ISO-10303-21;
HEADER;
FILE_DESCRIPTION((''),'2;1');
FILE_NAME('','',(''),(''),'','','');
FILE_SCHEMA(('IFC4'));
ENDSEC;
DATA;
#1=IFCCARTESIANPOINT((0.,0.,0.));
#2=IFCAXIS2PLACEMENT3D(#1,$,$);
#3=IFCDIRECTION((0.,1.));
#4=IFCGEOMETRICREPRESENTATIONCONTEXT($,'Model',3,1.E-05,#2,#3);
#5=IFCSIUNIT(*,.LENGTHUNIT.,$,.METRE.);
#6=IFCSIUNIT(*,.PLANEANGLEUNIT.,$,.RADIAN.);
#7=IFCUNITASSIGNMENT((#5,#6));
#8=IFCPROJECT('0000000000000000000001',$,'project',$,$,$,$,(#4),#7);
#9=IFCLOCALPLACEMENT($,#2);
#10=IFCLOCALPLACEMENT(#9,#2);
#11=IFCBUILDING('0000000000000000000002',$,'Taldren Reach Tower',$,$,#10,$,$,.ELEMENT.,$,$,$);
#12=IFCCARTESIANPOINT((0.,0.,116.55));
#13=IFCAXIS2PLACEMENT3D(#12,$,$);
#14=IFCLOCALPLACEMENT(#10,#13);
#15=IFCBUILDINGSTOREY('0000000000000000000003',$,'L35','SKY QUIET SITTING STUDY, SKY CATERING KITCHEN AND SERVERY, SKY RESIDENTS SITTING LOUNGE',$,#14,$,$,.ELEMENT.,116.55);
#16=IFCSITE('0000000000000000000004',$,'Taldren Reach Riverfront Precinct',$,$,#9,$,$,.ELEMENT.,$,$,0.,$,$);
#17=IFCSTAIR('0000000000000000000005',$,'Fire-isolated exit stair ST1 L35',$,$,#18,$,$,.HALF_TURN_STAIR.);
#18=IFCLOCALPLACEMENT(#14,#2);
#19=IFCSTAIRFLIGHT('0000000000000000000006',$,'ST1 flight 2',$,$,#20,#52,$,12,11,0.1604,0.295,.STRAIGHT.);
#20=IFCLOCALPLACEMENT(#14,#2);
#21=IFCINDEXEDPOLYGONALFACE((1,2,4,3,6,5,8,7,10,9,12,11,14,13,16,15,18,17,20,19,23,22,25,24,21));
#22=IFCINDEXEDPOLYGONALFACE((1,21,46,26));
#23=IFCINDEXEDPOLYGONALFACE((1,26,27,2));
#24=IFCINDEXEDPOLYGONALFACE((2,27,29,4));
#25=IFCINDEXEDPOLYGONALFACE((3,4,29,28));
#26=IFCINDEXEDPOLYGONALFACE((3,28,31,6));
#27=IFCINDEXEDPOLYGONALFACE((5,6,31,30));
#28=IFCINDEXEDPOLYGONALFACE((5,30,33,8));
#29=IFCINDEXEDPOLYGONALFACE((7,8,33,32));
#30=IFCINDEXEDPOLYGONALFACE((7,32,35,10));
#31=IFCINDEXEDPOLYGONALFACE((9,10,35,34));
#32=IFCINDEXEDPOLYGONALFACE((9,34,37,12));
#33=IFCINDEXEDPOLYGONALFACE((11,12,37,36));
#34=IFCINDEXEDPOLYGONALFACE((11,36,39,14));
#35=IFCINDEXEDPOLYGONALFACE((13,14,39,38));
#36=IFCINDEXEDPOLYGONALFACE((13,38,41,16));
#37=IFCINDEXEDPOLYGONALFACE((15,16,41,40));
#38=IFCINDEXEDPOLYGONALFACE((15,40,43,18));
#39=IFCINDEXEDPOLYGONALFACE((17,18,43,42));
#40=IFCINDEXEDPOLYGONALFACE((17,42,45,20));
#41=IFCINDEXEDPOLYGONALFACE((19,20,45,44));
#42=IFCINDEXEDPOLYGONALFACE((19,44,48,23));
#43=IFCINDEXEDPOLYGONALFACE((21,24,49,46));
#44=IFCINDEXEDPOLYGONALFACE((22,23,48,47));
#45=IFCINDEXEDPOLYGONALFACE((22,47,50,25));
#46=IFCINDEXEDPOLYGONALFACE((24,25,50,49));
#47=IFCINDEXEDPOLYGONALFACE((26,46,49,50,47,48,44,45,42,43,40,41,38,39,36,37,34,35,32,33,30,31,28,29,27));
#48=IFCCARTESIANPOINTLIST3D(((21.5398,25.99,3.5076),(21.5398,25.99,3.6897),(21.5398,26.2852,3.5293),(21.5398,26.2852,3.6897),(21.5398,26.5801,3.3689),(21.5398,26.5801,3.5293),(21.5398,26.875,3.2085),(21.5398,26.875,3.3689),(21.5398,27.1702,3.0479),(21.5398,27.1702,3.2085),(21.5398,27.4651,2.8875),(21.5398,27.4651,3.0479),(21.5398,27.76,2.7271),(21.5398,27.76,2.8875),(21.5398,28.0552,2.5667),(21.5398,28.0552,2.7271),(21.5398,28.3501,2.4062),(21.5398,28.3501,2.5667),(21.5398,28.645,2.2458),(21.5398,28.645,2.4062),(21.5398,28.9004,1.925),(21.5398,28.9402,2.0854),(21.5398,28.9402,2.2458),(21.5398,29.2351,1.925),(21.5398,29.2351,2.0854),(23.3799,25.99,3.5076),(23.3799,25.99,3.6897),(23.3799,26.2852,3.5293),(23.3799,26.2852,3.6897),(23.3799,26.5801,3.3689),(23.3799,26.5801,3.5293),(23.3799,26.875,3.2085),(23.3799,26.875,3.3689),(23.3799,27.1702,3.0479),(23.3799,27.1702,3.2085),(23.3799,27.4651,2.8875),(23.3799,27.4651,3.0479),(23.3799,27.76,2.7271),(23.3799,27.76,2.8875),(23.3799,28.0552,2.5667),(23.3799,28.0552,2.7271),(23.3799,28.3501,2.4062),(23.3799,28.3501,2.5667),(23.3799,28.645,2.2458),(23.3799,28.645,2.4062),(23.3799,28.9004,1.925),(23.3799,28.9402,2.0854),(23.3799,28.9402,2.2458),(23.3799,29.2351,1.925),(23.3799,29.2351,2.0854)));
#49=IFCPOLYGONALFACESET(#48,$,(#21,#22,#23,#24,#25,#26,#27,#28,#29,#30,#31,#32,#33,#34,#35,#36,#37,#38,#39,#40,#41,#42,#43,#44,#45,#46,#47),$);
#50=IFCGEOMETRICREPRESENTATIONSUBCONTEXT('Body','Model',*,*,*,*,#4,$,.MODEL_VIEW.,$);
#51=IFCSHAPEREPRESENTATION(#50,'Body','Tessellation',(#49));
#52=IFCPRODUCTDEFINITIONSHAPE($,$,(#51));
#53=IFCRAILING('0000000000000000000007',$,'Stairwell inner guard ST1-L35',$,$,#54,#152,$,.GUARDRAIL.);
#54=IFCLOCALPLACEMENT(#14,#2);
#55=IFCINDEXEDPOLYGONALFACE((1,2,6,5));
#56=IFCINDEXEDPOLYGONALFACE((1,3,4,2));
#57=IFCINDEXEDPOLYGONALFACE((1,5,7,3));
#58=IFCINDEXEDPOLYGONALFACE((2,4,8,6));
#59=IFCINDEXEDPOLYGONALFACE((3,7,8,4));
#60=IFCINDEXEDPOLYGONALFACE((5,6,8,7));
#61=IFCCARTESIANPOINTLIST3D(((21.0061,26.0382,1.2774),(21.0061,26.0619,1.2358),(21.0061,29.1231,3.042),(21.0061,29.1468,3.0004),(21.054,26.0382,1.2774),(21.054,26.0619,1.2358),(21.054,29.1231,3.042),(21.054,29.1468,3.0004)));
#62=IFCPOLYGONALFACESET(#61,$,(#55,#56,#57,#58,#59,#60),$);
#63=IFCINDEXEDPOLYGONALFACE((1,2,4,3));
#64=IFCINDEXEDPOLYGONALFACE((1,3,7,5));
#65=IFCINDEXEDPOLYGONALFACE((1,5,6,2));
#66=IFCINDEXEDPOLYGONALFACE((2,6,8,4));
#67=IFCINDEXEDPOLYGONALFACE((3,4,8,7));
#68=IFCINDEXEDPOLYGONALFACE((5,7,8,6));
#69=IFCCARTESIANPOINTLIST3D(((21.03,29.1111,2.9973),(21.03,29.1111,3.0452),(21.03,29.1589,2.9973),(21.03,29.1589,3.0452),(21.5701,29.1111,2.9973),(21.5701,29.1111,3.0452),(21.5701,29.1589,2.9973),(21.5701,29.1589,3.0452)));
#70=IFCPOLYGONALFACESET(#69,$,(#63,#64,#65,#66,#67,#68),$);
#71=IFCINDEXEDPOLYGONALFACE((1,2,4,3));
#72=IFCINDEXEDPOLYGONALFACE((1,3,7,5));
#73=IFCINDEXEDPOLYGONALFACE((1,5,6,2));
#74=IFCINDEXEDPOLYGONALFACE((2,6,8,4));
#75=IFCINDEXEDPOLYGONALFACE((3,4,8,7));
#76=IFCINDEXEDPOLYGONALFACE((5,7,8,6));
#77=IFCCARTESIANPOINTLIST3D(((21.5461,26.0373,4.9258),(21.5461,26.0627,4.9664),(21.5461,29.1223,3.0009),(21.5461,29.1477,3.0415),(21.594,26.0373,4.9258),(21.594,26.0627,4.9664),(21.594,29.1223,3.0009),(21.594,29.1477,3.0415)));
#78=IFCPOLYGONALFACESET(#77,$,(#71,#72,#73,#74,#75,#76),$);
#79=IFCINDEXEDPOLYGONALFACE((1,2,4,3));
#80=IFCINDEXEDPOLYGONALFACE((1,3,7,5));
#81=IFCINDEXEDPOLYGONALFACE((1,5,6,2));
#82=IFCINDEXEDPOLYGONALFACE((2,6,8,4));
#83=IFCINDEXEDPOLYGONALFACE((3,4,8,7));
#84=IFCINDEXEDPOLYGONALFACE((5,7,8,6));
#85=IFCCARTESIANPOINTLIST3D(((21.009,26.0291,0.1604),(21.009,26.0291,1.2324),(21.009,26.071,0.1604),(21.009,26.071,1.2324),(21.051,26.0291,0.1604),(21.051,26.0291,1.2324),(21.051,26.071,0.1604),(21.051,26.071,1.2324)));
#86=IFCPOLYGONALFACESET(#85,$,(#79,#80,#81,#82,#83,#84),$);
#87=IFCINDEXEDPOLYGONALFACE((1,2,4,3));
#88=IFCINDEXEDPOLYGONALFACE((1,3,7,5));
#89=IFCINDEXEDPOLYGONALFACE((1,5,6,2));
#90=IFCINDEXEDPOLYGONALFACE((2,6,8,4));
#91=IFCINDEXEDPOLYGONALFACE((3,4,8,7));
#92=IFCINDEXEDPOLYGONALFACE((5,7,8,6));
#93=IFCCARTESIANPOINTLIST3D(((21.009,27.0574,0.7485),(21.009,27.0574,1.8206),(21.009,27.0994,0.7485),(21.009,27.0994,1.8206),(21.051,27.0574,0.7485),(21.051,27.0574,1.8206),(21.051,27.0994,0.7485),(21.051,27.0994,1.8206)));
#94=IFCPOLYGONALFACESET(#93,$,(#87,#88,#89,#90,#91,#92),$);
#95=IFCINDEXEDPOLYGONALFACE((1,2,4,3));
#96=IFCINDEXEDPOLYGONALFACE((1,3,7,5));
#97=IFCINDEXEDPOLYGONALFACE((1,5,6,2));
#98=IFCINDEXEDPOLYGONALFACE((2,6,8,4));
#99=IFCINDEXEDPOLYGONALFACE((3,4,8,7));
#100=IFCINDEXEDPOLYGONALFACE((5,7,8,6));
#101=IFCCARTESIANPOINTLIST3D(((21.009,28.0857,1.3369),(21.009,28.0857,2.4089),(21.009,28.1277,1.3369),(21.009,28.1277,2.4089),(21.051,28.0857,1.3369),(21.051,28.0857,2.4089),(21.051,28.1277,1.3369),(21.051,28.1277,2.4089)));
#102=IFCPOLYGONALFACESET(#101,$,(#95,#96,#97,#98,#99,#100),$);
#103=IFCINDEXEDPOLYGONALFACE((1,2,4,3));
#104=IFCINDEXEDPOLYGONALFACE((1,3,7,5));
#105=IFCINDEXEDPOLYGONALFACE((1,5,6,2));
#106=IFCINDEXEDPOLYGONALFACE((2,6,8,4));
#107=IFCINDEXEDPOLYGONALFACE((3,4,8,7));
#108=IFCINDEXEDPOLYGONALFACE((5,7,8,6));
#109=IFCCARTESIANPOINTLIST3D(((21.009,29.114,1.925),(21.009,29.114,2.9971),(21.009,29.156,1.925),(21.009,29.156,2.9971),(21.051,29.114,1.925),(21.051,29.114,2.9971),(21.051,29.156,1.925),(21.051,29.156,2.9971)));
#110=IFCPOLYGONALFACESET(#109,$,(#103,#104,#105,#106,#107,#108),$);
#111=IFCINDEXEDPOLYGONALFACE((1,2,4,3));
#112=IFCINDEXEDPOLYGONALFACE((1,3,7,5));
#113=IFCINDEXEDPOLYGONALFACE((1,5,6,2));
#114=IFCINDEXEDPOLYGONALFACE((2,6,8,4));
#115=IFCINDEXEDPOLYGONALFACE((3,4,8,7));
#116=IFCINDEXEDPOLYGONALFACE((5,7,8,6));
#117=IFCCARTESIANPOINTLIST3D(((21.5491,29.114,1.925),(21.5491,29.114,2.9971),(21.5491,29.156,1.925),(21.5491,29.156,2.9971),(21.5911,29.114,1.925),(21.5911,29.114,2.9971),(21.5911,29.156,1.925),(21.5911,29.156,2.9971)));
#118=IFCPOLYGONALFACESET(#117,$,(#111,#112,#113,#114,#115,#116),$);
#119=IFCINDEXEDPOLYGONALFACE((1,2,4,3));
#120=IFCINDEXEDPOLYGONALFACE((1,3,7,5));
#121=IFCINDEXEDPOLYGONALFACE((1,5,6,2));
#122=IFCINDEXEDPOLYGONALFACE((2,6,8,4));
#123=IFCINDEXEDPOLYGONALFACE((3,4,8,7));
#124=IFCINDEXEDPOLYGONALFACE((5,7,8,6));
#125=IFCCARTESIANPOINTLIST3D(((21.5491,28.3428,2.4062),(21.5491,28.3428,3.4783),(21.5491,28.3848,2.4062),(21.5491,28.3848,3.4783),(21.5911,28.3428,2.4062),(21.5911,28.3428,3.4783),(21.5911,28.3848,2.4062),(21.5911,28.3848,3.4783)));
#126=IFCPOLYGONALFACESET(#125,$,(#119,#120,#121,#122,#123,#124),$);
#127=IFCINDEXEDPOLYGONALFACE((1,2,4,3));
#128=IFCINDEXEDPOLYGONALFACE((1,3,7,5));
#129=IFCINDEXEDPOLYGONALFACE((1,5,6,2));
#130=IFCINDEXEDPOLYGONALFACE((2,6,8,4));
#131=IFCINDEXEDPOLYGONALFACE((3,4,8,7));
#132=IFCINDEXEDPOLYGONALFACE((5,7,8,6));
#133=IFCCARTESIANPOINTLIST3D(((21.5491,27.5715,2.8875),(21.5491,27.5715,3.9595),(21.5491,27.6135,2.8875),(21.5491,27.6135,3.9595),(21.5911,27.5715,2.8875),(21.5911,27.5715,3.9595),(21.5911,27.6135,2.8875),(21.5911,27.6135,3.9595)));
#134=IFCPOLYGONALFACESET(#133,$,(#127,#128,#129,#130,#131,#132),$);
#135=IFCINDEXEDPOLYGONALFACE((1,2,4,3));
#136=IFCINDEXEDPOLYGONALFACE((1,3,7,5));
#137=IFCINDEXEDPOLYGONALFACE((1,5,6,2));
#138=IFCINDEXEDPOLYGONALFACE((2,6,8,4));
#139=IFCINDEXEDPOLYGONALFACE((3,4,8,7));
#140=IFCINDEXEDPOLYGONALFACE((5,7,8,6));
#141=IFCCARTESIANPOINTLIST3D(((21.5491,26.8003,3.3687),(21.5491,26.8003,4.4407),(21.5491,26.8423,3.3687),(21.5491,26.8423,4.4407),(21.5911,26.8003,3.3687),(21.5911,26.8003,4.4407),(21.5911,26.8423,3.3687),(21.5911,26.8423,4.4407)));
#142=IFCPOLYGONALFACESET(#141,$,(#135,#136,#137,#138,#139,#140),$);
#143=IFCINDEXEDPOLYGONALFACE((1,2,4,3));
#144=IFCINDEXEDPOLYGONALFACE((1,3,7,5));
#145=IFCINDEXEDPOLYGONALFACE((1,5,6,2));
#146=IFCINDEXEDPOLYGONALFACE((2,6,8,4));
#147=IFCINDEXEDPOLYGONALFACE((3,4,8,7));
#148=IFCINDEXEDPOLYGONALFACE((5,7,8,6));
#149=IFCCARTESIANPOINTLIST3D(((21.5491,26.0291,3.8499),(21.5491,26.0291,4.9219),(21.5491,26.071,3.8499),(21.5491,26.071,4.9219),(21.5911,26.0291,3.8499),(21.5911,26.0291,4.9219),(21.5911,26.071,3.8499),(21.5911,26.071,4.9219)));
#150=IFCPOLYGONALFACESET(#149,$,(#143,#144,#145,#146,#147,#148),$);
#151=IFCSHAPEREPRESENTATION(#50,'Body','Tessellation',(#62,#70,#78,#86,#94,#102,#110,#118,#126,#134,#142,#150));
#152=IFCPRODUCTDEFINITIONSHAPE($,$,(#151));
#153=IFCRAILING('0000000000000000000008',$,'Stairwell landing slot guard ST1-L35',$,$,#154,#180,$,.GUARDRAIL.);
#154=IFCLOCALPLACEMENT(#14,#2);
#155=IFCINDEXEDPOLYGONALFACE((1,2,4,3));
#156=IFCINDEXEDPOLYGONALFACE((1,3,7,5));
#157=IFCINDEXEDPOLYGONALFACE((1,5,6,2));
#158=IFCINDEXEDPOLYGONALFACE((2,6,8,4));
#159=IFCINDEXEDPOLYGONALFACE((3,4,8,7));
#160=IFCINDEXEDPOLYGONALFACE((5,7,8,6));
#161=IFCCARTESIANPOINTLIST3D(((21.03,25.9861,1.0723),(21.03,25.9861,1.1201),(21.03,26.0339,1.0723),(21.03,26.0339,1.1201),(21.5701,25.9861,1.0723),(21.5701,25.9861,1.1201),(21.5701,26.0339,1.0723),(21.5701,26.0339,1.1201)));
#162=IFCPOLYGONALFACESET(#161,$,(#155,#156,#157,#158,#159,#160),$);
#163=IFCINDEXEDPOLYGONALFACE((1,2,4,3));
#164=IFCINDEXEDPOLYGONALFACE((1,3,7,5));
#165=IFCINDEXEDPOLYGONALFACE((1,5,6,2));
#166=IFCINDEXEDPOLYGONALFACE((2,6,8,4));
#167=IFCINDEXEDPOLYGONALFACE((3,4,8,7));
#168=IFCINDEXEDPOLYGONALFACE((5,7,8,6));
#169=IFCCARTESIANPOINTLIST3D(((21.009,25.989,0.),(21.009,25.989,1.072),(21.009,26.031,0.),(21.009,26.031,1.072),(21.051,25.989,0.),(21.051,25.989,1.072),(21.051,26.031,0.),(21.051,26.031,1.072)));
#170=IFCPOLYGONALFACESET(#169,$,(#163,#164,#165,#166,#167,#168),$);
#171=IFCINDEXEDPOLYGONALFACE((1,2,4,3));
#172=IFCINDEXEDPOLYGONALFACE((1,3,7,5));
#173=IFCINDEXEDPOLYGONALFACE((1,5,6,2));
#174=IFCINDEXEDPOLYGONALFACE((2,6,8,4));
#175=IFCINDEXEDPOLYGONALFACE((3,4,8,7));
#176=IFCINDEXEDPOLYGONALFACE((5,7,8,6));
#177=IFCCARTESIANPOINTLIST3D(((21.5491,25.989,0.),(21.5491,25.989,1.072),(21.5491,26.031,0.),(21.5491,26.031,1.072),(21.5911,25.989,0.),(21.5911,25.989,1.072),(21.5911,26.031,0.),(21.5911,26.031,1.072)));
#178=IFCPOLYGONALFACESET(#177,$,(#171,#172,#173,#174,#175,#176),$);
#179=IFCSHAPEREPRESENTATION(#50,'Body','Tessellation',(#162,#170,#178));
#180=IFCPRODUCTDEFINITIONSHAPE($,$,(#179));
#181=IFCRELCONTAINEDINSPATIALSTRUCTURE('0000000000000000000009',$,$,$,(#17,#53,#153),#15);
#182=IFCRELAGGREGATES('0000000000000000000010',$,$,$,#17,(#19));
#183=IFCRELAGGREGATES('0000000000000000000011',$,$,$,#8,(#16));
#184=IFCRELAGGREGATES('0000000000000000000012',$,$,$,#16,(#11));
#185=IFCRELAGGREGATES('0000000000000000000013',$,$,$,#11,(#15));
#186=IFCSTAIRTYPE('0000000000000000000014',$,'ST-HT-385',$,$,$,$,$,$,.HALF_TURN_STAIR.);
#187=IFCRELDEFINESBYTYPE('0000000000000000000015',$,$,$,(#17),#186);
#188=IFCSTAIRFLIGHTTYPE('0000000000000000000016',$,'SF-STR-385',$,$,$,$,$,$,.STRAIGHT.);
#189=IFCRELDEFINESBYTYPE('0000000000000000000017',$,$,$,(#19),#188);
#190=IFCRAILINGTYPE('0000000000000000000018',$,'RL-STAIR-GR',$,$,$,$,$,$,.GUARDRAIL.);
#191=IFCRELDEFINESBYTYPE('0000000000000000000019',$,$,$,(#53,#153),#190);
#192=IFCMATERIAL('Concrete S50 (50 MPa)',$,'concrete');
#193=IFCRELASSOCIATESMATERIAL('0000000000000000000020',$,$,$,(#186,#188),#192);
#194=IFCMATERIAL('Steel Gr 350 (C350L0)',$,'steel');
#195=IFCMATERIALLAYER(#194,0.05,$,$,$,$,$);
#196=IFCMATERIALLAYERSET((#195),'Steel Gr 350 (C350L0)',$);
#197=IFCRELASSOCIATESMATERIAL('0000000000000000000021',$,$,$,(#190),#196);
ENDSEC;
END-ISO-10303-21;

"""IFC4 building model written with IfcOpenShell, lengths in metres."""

from ifc_helpers import new_model, si_unit, direction, frame, origin, origin_2d, place, context, subcontext, project, spatial, polyline, rectangle, outline, extrude, material, layer, layer_set, type_object, element, aggregate, save


model = new_model("IFC4")

# Units and contexts
model_context = context("Model", 3, precision=1e-05, world=origin(), true_north=direction((0.0, 1.0)))
body_context = subcontext(model_context, "Body", "Model", "MODEL_VIEW")
ifc_project = project(units=[si_unit("LENGTHUNIT", "METRE"), si_unit("PLANEANGLEUNIT", "RADIAN")], contexts=[model_context])

# Site, building, storey
site_placement = place(None, origin())
site = spatial("IfcSite", under=ifc_project, at=site_placement, Name="Taldren Reach Riverfront Precinct", CompositionType="ELEMENT", RefElevation=0.0)
building_placement = place(site_placement, origin())
building = spatial("IfcBuilding", under=site, at=building_placement, Name="Taldren Reach Tower", CompositionType="ELEMENT")
storey_placement = place(building_placement, frame((0.0, 0.0, 116.55)))
storey = spatial("IfcBuildingStorey", under=building, at=storey_placement, Name="L35", Description="SKY QUIET SITTING STUDY, SKY CATERING KITCHEN AND SERVERY, SKY RESIDENTS SITTING LOUNGE", CompositionType="ELEMENT", Elevation=116.55)

# Shared definitions
ifc_material_1 = material(Name="Concrete S50 (50 MPa)", Category="concrete")

# Stair, stair flight
stair_type = type_object("IfcStairType", Name="ST-HT-385", PredefinedType="HALF_TURN_STAIR", material=ifc_material_1)
stair_placement = place(storey_placement, origin())
stair = element("IfcStair", 1, at=stair_placement, inside=storey, type_object=stair_type, Name="Fire-isolated exit stair ST1 L35", PredefinedType="HALF_TURN_STAIR")
stair_flight_type = type_object("IfcStairFlightType", Name="SF-STR-385", PredefinedType="STRAIGHT", material=ifc_material_1)
stair_flight_1_placement = place(storey_placement, frame((22.46, 29.2351, 1.925), z_axis=(0.0, 0.0, 1.0), x_axis=(0.0, -1.0, 0.0)))
stair_flight_1 = element("IfcStairFlight", 2, at=stair_flight_1_placement, type_object=stair_flight_type, Name="ST1 flight 2", NumberOfRisers=12, NumberOfTreads=11, PredefinedType="STRAIGHT", RiserHeight=0.1604, TreadLength=0.295, context=body_context, shape_type="SweptSolid", body=[
    extrude(outline(polyline([(0.0, 0.0), (0.0, 0.1604), (0.2949, 0.1604), (0.2949, 0.3208), (0.5901, 0.3208), (0.5901, 0.4812), (0.885, 0.4812), (0.885, 0.6416), (1.1799, 0.6416), (1.1799, 0.802), (1.4751, 0.802), (1.4751, 0.9624), (1.77, 0.9624), (1.77, 1.1228), (2.0649, 1.1228), (2.0649, 1.2834), (2.3601, 1.2834), (2.3601, 1.4438), (2.655, 1.4438), (2.655, 1.6042), (2.95, 1.6042), (2.95, 1.7646), (3.2451, 1.7646), (3.2451, 1.925), (3.2451, 1.5825), (0.3347, 0.0), (0.0, 0.0)])), frame((0.0, 0.9199, 0.0), z_axis=(0.0, -1.0, 0.0), x_axis=(1.0, 0.0, 0.0)), (0.0, 0.0, 1.0), 1.8401),
])
aggregate(stair, [stair_flight_1])

# Railings
ifc_material_2 = material(Name="Steel Gr 350 (C350L0)", Category="steel")
ifc_layer_1 = layer(ifc_material_2, 0.05)
ifc_layer_set_1 = layer_set([ifc_layer_1], Name="Steel Gr 350 (C350L0)")
railing_type_1 = type_object("IfcRailingType", Name="RL-STAIR-GR", PredefinedType="GUARDRAIL", material=ifc_layer_set_1)
railing_1_placement = place(storey_placement, frame((21.03, 26.05, 0.1604)))
element("IfcRailing", 3, at=railing_1_placement, inside=storey, type_object=railing_type_1, Name="Stairwell inner guard ST1-L35", PredefinedType="GUARDRAIL", context=body_context, shape_type="SweptSolid", body=[
    extrude(rectangle(XDim=0.0479, YDim=0.0479, at=origin_2d()), frame((0.0, 0.0, 1.0962), z_axis=(0.0, 0.868023, 0.496524), x_axis=(-1.0, 0.0, 0.0)), (0.0, 0.0, 1.0), 3.554),
    extrude(rectangle(XDim=0.0479, YDim=0.0479, at=origin_2d()), frame((0.0, 3.085, 2.8608), z_axis=(1.0, 0.0, 0.0), x_axis=(0.0, 1.0, 0.0)), (0.0, 0.0, 1.0), 0.54),
    extrude(rectangle(XDim=0.0479, YDim=0.0479, at=origin_2d()), frame((0.54, 3.085, 2.8608), z_axis=(0.0, -0.848405, 0.529347), x_axis=(1.0, 0.0, 0.0)), (0.0, 0.0, 1.0), 3.6362),
    extrude(rectangle(XDim=0.042, YDim=0.042, at=origin_2d()), origin(), (0.0, 0.0, 1.0), 1.072),
    extrude(rectangle(XDim=0.042, YDim=0.042, at=origin_2d()), frame((0.0, 1.0283, 0.5881)), (0.0, 0.0, 1.0), 1.072),
    extrude(rectangle(XDim=0.042, YDim=0.042, at=origin_2d()), frame((0.0, 2.0566, 1.1765)), (0.0, 0.0, 1.0), 1.072),
    extrude(rectangle(XDim=0.042, YDim=0.042, at=origin_2d()), frame((0.0, 3.085, 1.7646)), (0.0, 0.0, 1.0), 1.072),
    extrude(rectangle(XDim=0.042, YDim=0.042, at=origin_2d()), frame((0.54, 3.085, 1.7646)), (0.0, 0.0, 1.0), 1.072),
    extrude(rectangle(XDim=0.042, YDim=0.042, at=origin_2d()), frame((0.54, 2.3137, 2.2458)), (0.0, 0.0, 1.0), 1.072),
    extrude(rectangle(XDim=0.042, YDim=0.042, at=origin_2d()), frame((0.54, 1.5425, 2.7271)), (0.0, 0.0, 1.0), 1.072),
    extrude(rectangle(XDim=0.042, YDim=0.042, at=origin_2d()), frame((0.54, 0.7712, 3.2083)), (0.0, 0.0, 1.0), 1.072),
    extrude(rectangle(XDim=0.042, YDim=0.042, at=origin_2d()), frame((0.54, 0.0, 3.6895)), (0.0, 0.0, 1.0), 1.072),
])
railing_2_placement = place(storey_placement, frame((21.03, 26.01, 0.0)))
element("IfcRailing", 4, at=railing_2_placement, inside=storey, type_object=railing_type_1, Name="Stairwell landing slot guard ST1-L35", PredefinedType="GUARDRAIL", context=body_context, shape_type="SweptSolid", body=[
    extrude(rectangle(XDim=0.0479, YDim=0.0479, at=origin_2d()), frame((0.0, 0.0, 1.0962), z_axis=(1.0, 0.0, 0.0), x_axis=(0.0, 1.0, 0.0)), (0.0, 0.0, 1.0), 0.54),
    extrude(rectangle(XDim=0.042, YDim=0.042, at=origin_2d()), origin(), (0.0, 0.0, 1.0), 1.072),
    extrude(rectangle(XDim=0.042, YDim=0.042, at=origin_2d()), frame((0.54, 0.0, 0.0)), (0.0, 0.0, 1.0), 1.072),
])

save(model, "model.ifc")
